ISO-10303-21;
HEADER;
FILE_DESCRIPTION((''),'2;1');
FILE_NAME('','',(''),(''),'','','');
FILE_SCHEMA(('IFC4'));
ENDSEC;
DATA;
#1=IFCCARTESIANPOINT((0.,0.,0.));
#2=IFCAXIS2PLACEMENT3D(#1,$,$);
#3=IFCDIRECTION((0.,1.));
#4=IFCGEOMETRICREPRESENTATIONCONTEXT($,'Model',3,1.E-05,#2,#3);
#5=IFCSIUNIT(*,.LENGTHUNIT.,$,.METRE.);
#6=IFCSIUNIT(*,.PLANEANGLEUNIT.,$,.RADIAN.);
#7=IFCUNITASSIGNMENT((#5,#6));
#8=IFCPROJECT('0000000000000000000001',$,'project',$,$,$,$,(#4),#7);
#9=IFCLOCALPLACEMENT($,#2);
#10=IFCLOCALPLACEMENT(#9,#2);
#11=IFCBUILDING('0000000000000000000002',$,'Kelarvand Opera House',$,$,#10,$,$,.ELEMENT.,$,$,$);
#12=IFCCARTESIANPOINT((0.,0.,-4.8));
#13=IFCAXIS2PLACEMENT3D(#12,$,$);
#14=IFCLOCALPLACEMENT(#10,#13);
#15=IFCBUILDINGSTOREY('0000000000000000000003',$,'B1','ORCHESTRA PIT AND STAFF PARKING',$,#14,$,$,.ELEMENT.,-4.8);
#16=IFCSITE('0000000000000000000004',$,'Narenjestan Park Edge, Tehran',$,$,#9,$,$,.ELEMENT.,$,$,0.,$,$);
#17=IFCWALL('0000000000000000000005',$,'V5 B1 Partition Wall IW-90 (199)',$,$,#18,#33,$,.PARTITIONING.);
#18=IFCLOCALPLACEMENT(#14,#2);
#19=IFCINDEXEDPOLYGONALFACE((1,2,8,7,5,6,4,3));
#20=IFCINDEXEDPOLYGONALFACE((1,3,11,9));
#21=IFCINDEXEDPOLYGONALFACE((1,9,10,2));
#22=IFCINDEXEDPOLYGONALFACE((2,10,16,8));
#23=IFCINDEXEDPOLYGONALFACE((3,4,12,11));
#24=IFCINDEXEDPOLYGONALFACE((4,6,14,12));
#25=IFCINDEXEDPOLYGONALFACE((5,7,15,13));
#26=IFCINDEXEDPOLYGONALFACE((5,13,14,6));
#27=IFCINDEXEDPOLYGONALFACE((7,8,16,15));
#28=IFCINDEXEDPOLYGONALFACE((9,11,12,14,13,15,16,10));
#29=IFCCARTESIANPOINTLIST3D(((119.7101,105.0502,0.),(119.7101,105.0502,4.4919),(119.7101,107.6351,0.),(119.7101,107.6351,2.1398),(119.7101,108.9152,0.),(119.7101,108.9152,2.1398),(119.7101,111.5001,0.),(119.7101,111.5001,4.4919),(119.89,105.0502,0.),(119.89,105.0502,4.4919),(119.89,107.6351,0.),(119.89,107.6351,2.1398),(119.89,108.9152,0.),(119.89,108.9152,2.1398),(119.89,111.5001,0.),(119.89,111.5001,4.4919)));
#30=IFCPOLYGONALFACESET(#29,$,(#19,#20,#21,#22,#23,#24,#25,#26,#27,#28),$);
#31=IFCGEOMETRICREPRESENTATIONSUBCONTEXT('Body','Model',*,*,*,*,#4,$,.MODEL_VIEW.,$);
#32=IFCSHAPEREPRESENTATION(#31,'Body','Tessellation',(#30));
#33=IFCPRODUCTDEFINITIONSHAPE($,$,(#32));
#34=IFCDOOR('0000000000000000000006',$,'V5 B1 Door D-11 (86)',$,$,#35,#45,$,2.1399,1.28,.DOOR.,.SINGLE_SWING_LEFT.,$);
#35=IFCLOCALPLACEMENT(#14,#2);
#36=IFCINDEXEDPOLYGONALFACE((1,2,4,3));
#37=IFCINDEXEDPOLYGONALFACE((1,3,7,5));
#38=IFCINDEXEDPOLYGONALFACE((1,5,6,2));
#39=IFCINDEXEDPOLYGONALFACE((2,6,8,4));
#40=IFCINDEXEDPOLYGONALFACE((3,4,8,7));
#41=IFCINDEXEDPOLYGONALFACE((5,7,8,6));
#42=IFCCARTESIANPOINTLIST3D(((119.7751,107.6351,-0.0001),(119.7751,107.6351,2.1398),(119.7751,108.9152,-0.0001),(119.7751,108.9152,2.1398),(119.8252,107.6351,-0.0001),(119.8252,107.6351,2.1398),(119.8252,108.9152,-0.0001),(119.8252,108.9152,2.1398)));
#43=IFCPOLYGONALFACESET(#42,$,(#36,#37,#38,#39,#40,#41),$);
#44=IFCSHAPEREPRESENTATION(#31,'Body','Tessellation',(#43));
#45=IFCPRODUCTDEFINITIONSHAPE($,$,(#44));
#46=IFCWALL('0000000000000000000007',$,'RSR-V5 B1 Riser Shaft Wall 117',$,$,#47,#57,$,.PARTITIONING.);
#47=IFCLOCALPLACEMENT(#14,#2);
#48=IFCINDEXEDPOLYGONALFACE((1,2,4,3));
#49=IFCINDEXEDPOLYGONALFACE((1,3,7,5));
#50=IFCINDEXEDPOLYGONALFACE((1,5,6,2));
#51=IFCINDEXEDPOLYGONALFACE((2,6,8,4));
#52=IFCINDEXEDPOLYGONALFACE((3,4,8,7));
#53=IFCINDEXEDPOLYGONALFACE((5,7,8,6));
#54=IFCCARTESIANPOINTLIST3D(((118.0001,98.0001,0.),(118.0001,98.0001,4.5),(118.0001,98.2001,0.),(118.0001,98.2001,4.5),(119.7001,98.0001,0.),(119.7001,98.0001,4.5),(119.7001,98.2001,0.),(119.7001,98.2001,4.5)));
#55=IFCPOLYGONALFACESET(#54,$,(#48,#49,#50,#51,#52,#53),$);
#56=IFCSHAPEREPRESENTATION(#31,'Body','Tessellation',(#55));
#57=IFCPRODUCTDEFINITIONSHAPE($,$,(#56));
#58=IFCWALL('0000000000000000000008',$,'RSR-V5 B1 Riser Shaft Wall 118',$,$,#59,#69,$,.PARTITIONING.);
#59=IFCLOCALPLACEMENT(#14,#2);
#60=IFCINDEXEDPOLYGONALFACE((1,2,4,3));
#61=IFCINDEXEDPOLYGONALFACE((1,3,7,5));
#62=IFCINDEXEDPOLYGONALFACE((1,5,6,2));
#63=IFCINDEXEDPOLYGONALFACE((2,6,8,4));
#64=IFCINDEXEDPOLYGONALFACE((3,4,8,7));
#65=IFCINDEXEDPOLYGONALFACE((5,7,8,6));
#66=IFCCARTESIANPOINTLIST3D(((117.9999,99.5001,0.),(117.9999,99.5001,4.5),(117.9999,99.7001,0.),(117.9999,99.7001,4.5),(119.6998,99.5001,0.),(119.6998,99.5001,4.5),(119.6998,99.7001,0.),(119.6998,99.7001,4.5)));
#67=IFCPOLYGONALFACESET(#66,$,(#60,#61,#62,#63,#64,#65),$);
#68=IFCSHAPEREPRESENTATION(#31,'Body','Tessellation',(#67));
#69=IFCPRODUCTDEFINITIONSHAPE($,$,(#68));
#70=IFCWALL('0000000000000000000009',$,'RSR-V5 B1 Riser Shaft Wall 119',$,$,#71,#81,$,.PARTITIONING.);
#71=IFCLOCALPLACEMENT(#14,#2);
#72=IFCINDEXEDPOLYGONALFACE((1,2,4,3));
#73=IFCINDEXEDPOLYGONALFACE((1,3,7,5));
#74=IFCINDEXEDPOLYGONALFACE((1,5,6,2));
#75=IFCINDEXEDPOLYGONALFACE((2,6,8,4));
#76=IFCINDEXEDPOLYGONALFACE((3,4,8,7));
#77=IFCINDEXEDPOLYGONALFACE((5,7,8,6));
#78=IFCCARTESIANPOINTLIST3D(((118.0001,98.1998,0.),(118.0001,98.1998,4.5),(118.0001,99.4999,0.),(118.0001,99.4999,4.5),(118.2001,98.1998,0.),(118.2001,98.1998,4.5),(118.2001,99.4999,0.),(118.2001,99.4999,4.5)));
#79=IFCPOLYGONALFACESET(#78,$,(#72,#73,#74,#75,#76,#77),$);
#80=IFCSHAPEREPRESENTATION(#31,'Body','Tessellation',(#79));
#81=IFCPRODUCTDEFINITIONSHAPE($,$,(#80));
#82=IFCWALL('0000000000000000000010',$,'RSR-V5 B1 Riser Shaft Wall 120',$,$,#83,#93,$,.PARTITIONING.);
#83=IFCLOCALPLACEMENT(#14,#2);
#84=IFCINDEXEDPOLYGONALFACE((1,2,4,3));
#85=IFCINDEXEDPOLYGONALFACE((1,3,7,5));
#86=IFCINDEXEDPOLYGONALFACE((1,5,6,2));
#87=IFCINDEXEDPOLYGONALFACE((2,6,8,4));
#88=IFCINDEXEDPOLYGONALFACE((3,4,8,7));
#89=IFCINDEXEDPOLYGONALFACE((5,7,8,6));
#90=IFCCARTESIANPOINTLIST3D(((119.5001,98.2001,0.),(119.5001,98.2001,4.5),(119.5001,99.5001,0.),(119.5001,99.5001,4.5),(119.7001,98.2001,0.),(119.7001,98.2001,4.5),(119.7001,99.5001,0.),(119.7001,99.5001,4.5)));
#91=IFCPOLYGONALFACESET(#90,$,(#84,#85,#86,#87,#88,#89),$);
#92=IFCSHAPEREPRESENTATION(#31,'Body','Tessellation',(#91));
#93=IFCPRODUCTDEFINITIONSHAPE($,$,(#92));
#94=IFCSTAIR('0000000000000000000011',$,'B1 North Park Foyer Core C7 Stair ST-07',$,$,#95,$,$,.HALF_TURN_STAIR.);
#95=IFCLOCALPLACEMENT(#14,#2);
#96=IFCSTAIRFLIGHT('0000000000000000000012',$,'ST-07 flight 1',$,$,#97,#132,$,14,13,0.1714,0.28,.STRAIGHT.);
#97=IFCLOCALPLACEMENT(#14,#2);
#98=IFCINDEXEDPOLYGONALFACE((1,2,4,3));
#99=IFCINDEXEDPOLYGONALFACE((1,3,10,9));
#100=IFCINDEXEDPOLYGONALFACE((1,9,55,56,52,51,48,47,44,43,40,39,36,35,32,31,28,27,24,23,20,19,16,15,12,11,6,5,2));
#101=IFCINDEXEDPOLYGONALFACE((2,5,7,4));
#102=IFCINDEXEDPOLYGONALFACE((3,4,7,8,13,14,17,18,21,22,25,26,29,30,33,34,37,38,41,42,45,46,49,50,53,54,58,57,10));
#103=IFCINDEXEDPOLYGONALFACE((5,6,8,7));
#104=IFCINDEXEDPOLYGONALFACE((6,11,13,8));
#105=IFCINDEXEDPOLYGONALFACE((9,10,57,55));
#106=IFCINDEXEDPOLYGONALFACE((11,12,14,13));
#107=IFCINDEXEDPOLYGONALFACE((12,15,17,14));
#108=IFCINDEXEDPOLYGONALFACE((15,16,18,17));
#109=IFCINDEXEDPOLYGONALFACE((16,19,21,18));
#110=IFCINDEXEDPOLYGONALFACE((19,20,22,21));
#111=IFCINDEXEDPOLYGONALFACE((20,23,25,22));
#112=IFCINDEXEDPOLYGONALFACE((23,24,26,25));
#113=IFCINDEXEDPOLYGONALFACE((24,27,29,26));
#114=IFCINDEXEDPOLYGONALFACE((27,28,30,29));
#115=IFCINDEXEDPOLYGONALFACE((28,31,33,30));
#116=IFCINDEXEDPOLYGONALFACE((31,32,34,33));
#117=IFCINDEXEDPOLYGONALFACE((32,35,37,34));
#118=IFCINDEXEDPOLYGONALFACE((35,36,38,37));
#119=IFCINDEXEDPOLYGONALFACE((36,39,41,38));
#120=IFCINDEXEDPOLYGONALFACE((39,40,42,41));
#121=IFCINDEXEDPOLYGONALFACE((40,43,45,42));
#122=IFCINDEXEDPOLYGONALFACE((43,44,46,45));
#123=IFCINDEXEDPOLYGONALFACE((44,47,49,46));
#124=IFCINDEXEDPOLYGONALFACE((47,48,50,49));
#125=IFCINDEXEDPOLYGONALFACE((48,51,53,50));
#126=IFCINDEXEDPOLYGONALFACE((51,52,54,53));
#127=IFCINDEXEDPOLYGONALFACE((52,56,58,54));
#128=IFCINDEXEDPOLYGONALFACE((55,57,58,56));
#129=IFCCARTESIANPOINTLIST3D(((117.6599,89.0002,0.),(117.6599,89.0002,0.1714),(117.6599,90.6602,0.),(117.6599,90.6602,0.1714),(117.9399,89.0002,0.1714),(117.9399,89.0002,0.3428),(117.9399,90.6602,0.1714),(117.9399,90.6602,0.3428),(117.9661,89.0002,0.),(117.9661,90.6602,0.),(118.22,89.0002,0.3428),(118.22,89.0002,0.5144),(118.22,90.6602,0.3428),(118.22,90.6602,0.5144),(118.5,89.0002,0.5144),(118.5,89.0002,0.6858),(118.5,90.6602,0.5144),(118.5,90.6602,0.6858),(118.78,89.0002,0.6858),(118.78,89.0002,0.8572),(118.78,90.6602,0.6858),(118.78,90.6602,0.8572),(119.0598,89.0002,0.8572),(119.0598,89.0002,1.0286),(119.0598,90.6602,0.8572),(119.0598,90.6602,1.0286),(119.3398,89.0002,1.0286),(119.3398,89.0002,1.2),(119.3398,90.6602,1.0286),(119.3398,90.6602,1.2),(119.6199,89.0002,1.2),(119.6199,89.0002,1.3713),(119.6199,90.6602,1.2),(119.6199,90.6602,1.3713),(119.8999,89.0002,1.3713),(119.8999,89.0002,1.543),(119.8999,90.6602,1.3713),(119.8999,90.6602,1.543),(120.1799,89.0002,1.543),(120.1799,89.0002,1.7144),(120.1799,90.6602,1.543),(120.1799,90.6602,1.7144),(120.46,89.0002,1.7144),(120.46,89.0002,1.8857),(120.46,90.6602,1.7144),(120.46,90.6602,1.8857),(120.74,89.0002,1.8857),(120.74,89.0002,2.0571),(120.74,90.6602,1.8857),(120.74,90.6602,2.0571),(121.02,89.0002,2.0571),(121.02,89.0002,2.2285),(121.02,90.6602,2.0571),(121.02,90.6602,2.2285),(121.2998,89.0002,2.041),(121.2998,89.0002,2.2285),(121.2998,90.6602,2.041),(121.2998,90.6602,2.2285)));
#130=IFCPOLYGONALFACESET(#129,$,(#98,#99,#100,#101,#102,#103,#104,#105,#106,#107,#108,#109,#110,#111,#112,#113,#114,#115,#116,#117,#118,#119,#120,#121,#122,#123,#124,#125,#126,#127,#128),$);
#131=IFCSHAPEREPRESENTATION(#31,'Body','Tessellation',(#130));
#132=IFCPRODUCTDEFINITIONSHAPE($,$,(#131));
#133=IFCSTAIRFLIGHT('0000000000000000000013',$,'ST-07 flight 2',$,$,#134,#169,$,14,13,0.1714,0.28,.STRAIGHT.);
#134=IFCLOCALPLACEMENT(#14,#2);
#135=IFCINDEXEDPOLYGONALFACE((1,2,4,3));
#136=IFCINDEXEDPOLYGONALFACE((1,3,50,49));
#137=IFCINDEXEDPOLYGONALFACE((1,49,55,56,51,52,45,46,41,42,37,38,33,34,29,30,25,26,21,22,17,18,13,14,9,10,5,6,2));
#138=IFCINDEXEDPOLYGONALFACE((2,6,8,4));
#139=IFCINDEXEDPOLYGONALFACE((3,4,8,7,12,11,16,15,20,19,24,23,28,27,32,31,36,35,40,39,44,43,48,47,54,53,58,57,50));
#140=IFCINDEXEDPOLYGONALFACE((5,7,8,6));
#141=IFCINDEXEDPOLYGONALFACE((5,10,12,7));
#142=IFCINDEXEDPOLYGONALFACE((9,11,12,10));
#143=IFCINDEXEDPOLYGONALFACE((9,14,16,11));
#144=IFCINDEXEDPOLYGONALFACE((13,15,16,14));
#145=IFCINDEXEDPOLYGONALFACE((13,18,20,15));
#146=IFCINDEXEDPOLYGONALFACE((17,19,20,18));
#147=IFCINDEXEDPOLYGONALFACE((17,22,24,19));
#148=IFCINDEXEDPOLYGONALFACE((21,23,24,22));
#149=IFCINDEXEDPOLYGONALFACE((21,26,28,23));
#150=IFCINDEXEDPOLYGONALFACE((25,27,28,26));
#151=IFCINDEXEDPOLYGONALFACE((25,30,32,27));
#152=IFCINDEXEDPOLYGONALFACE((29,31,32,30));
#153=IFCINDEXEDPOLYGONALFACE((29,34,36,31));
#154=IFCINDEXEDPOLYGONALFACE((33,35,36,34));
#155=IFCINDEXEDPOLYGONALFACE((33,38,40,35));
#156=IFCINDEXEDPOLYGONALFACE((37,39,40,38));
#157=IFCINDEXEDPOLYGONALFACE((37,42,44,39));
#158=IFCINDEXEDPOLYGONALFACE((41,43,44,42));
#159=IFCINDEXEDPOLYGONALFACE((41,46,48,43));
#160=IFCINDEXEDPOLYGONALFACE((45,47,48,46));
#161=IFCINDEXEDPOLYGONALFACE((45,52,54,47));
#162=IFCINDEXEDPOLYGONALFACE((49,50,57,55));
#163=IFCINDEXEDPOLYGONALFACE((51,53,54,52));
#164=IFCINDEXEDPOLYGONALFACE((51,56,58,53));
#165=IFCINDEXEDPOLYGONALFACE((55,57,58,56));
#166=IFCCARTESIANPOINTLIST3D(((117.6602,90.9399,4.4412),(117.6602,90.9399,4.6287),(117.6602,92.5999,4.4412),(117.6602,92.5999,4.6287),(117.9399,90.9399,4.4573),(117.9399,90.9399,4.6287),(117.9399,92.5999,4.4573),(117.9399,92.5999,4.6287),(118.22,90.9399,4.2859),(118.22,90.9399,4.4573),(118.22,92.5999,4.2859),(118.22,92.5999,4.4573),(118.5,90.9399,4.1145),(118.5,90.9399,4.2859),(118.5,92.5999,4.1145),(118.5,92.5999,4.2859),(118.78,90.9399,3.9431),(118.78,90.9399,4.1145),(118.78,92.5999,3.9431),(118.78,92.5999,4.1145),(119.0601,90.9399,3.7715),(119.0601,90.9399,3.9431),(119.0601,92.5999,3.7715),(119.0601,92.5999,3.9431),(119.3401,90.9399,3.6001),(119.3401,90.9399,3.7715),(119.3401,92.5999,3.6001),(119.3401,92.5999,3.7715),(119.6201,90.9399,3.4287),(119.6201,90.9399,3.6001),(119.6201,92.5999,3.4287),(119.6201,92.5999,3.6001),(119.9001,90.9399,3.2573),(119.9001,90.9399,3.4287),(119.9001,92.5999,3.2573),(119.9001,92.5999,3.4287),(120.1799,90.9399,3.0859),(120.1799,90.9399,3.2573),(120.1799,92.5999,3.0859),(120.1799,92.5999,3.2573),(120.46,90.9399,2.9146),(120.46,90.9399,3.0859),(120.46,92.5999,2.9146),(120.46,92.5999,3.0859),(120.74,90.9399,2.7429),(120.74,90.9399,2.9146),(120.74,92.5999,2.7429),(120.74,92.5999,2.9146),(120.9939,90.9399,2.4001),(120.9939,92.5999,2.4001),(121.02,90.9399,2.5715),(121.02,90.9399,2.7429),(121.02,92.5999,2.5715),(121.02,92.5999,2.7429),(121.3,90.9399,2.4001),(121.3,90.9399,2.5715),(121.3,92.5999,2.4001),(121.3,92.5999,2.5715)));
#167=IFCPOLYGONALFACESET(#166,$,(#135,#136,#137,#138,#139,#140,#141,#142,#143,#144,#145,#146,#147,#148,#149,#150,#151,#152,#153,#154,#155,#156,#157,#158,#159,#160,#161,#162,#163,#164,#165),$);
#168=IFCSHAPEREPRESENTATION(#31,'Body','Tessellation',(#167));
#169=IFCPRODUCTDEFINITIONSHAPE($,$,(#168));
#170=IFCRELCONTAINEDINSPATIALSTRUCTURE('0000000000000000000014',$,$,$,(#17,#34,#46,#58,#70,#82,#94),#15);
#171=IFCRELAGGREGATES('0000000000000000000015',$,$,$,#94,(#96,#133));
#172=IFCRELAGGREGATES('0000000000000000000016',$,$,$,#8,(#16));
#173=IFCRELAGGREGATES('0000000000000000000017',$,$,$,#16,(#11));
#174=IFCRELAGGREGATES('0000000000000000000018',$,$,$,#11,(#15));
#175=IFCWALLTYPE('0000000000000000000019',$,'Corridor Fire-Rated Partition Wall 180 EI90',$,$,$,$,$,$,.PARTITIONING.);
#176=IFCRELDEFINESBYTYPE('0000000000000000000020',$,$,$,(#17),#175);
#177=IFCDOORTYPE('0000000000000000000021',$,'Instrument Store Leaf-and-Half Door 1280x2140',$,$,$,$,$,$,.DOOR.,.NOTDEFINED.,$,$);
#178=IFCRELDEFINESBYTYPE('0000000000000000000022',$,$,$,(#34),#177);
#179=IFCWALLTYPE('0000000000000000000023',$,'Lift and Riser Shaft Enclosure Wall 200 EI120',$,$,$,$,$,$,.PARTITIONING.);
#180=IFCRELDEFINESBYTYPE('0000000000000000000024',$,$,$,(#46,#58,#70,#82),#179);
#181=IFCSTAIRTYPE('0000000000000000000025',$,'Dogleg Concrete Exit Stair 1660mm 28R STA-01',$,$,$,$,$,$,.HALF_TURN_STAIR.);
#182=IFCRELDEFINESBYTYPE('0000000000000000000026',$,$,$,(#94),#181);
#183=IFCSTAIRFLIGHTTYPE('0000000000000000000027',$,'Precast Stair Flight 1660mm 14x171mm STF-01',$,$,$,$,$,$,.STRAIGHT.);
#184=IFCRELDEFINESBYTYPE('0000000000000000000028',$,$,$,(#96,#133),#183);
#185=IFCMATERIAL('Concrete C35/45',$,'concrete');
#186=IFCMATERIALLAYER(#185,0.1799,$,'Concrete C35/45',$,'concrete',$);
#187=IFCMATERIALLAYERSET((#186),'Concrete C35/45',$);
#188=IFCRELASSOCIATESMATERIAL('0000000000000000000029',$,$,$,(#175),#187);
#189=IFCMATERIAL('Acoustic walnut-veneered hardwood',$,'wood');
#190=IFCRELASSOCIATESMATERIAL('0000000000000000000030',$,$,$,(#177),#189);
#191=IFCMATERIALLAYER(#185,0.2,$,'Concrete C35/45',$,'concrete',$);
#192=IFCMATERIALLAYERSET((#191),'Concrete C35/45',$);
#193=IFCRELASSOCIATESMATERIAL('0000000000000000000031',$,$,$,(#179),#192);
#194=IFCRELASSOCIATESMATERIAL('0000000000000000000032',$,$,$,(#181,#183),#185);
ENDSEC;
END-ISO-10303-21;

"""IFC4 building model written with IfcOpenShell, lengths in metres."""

from ifc_helpers import new_model, si_unit, direction, frame, frame_2d, origin, place, context, subcontext, project, spatial, polyline, rectangle, outline, extrude, material, layer, layer_set, type_object, element, fill, aggregate, save


model = new_model("IFC4")

# Units and contexts
model_context = context("Model", 3, precision=1e-05, world=origin(), true_north=direction((0.0, 1.0)))
body_context = subcontext(model_context, "Body", "Model", "MODEL_VIEW")
ifc_project = project(units=[si_unit("LENGTHUNIT", "METRE"), si_unit("PLANEANGLEUNIT", "RADIAN")], contexts=[model_context])

# Site, building, storey
site_placement = place(None, origin())
site = spatial("IfcSite", under=ifc_project, at=site_placement, Name="Narenjestan Park Edge, Tehran", CompositionType="ELEMENT", RefElevation=0.0)
building_placement = place(site_placement, origin())
building = spatial("IfcBuilding", under=site, at=building_placement, Name="Kelarvand Opera House", CompositionType="ELEMENT")
storey_placement = place(building_placement, frame((0.0, 0.0, -4.8)))
storey = spatial("IfcBuildingStorey", under=building, at=storey_placement, Name="B1", Description="ORCHESTRA PIT AND STAFF PARKING", CompositionType="ELEMENT", Elevation=-4.8)

# Shared definitions
ifc_material_1 = material(Name="Concrete C35/45", Category="concrete")

# Wall, opening, door
ifc_layer_1 = layer(ifc_material_1, 0.1799, Name="Concrete C35/45", Category="concrete")
ifc_layer_set_1 = layer_set([ifc_layer_1], Name="Concrete C35/45")
wall_type_1 = type_object("IfcWallType", Name="Corridor Fire-Rated Partition Wall 180 EI90", PredefinedType="PARTITIONING", material=ifc_layer_set_1)
ifc_material_2 = material(Name="Acoustic walnut-veneered hardwood", Category="wood")
wall_1_placement = place(storey_placement, frame((119.8, 105.05, 0.0), z_axis=(0.0, 0.0, 1.0), x_axis=(0.0, 1.0, 0.0)))
wall_1 = element("IfcWall", 1, at=wall_1_placement, inside=storey, type_object=wall_type_1, Name="V5 B1 Partition Wall IW-90 (199)", PredefinedType="PARTITIONING", context=body_context, shape_type="SweptSolid", body=[
    extrude(rectangle(XDim=6.45, YDim=0.1799, at=frame_2d((3.2251, 0.0))), origin(), (0.0, 0.0, 1.0), 4.4919),
])
opening_1_placement = place(wall_1_placement, frame((2.585, 0.0, 0.0)))
opening_1 = element("IfcOpeningElement", 2, at=opening_1_placement, cuts=wall_1, PredefinedType="OPENING", context=body_context, shape_type="SweptSolid", body=[
    extrude(rectangle(XDim=1.28, YDim=2.1399, at=frame_2d((0.6401, 1.0698))), frame((0.0, 0.1001, 0.0), z_axis=(0.0, -1.0, 0.0), x_axis=(1.0, 0.0, 0.0)), (0.0, 0.0, 1.0), 0.2),
])
door_type_1 = type_object("IfcDoorType", Name="Instrument Store Leaf-and-Half Door 1280x2140", OperationType="NOTDEFINED", PredefinedType="DOOR", material=ifc_material_2)
door_1_placement = place(opening_1_placement, origin())
door_1 = element("IfcDoor", 3, at=door_1_placement, inside=storey, type_object=door_type_1, Name="V5 B1 Door D-11 (86)", OperationType="SINGLE_SWING_LEFT", OverallHeight=2.1399, OverallWidth=1.28, PredefinedType="DOOR", context=body_context, shape_type="SweptSolid", body=[
    extrude(rectangle(XDim=1.28, YDim=2.1399, at=frame_2d((0.6401, 1.0698))), frame((0.0, 0.0249, 0.0), z_axis=(0.0, -1.0, 0.0), x_axis=(1.0, 0.0, 0.0)), (0.0, 0.0, 1.0), 0.05),
])
fill(opening_1, door_1)

# Walls
ifc_layer_2 = layer(ifc_material_1, 0.2, Name="Concrete C35/45", Category="concrete")
ifc_layer_set_2 = layer_set([ifc_layer_2], Name="Concrete C35/45")
wall_type_2 = type_object("IfcWallType", Name="Lift and Riser Shaft Enclosure Wall 200 EI120", PredefinedType="PARTITIONING", material=ifc_layer_set_2)
for number, where, z_axis, x_axis, name in (
    (4, (118.0, 98.1001, 0.0), (0.0, 0.0, 1.0), (1.0, 0.0, 0.0), "RSR-V5 B1 Riser Shaft Wall 117"),
    (5, (119.7, 99.6001, 0.0), (0.0, 0.0, 1.0), (-1.0, 0.0, 0.0), "RSR-V5 B1 Riser Shaft Wall 118"),
):
    element("IfcWall", number, at=place(storey_placement, frame(where, z_axis=z_axis, x_axis=x_axis)), inside=storey, type_object=wall_type_2, Name=name, PredefinedType="PARTITIONING", context=body_context, shape_type="SweptSolid", body=[
        extrude(rectangle(XDim=1.7, YDim=0.2, at=frame_2d((0.8501, 0.0))), origin(), (0.0, 0.0, 1.0), 4.5),
    ])
for number, where, z_axis, x_axis, name in (
    (6, (118.1001, 98.2, 0.0), (0.0, 0.0, 1.0), (0.0, 1.0, 0.0), "RSR-V5 B1 Riser Shaft Wall 119"),
    (7, (119.6001, 99.5, 0.0), (0.0, 0.0, 1.0), (0.0, -1.0, 0.0), "RSR-V5 B1 Riser Shaft Wall 120"),
):
    element("IfcWall", number, at=place(storey_placement, frame(where, z_axis=z_axis, x_axis=x_axis)), inside=storey, type_object=wall_type_2, Name=name, PredefinedType="PARTITIONING", context=body_context, shape_type="SweptSolid", body=[
        extrude(rectangle(XDim=1.3, YDim=0.2, at=frame_2d((0.6499, 0.0))), origin(), (0.0, 0.0, 1.0), 4.5),
    ])

# Stair, stair flights
stair_type = type_object("IfcStairType", Name="Dogleg Concrete Exit Stair 1660mm 28R STA-01", PredefinedType="HALF_TURN_STAIR", material=ifc_material_1)
stair_placement = place(storey_placement, origin())
stair = element("IfcStair", 8, at=stair_placement, inside=storey, type_object=stair_type, Name="B1 North Park Foyer Core C7 Stair ST-07", PredefinedType="HALF_TURN_STAIR")
stair_flight_type = type_object("IfcStairFlightType", Name="Precast Stair Flight 1660mm 14x171mm STF-01", PredefinedType="STRAIGHT", material=ifc_material_1)
stair_flight_1_placement = place(storey_placement, frame((117.6599, 89.8301, 0.0), z_axis=(0.0, 0.0, 1.0), x_axis=(1.0, 0.0, 0.0)))
stair_flight_1 = element("IfcStairFlight", 9, at=stair_flight_1_placement, type_object=stair_flight_type, Name="ST-07 flight 1", NumberOfRisers=14, NumberOfTreads=13, PredefinedType="STRAIGHT", RiserHeight=0.1714, TreadLength=0.28, context=body_context, shape_type="SweptSolid", body=[
    extrude(outline(polyline([(0.0, 0.0), (0.0, 0.1714), (0.28, 0.1714), (0.28, 0.3428), (0.5601, 0.3428), (0.5601, 0.5144), (0.8401, 0.5144), (0.8401, 0.6858), (1.1201, 0.6858), (1.1201, 0.8572), (1.3999, 0.8572), (1.3999, 1.0286), (1.6799, 1.0286), (1.6799, 1.2), (1.96, 1.2), (1.96, 1.3713), (2.24, 1.3713), (2.24, 1.543), (2.52, 1.543), (2.52, 1.7144), (2.8, 1.7144), (2.8, 1.8857), (3.0801, 1.8857), (3.0801, 2.0571), (3.3601, 2.0571), (3.3601, 2.2285), (3.6399, 2.2285), (3.6399, 2.3999), (3.6399, 2.041), (0.3062, 0.0), (0.0, 0.0)])), frame((0.0, 0.8301, 0.0), z_axis=(0.0, -1.0, 0.0), x_axis=(1.0, 0.0, 0.0)), (0.0, 0.0, 1.0), 1.6599),
])
stair_flight_2_placement = place(storey_placement, frame((121.3, 91.77, 2.4001), z_axis=(0.0, 0.0, 1.0), x_axis=(-1.0, 0.0, 0.0)))
stair_flight_2 = element("IfcStairFlight", 10, at=stair_flight_2_placement, type_object=stair_flight_type, Name="ST-07 flight 2", NumberOfRisers=14, NumberOfTreads=13, PredefinedType="STRAIGHT", RiserHeight=0.1714, TreadLength=0.28, context=body_context, shape_type="SweptSolid", body=[
    extrude(outline(polyline([(0.0, 0.0), (0.0, 0.1714), (0.28, 0.1714), (0.28, 0.3428), (0.5601, 0.3428), (0.5601, 0.5144), (0.8401, 0.5144), (0.8401, 0.6858), (1.1201, 0.6858), (1.1201, 0.8572), (1.3999, 0.8572), (1.3999, 1.0286), (1.6799, 1.0286), (1.6799, 1.2), (1.96, 1.2), (1.96, 1.3713), (2.24, 1.3713), (2.24, 1.543), (2.52, 1.543), (2.52, 1.7144), (2.8, 1.7144), (2.8, 1.8857), (3.0801, 1.8857), (3.0801, 2.0571), (3.3601, 2.0571), (3.3601, 2.2285), (3.6399, 2.2285), (3.6399, 2.3999), (3.6399, 2.041), (0.3062, 0.0), (0.0, 0.0)])), frame((0.0, 0.8301, 0.0), z_axis=(0.0, -1.0, 0.0), x_axis=(1.0, 0.0, 0.0)), (0.0, 0.0, 1.0), 1.6599),
])
aggregate(stair, [stair_flight_1, stair_flight_2])

save(model, "model.ifc")
